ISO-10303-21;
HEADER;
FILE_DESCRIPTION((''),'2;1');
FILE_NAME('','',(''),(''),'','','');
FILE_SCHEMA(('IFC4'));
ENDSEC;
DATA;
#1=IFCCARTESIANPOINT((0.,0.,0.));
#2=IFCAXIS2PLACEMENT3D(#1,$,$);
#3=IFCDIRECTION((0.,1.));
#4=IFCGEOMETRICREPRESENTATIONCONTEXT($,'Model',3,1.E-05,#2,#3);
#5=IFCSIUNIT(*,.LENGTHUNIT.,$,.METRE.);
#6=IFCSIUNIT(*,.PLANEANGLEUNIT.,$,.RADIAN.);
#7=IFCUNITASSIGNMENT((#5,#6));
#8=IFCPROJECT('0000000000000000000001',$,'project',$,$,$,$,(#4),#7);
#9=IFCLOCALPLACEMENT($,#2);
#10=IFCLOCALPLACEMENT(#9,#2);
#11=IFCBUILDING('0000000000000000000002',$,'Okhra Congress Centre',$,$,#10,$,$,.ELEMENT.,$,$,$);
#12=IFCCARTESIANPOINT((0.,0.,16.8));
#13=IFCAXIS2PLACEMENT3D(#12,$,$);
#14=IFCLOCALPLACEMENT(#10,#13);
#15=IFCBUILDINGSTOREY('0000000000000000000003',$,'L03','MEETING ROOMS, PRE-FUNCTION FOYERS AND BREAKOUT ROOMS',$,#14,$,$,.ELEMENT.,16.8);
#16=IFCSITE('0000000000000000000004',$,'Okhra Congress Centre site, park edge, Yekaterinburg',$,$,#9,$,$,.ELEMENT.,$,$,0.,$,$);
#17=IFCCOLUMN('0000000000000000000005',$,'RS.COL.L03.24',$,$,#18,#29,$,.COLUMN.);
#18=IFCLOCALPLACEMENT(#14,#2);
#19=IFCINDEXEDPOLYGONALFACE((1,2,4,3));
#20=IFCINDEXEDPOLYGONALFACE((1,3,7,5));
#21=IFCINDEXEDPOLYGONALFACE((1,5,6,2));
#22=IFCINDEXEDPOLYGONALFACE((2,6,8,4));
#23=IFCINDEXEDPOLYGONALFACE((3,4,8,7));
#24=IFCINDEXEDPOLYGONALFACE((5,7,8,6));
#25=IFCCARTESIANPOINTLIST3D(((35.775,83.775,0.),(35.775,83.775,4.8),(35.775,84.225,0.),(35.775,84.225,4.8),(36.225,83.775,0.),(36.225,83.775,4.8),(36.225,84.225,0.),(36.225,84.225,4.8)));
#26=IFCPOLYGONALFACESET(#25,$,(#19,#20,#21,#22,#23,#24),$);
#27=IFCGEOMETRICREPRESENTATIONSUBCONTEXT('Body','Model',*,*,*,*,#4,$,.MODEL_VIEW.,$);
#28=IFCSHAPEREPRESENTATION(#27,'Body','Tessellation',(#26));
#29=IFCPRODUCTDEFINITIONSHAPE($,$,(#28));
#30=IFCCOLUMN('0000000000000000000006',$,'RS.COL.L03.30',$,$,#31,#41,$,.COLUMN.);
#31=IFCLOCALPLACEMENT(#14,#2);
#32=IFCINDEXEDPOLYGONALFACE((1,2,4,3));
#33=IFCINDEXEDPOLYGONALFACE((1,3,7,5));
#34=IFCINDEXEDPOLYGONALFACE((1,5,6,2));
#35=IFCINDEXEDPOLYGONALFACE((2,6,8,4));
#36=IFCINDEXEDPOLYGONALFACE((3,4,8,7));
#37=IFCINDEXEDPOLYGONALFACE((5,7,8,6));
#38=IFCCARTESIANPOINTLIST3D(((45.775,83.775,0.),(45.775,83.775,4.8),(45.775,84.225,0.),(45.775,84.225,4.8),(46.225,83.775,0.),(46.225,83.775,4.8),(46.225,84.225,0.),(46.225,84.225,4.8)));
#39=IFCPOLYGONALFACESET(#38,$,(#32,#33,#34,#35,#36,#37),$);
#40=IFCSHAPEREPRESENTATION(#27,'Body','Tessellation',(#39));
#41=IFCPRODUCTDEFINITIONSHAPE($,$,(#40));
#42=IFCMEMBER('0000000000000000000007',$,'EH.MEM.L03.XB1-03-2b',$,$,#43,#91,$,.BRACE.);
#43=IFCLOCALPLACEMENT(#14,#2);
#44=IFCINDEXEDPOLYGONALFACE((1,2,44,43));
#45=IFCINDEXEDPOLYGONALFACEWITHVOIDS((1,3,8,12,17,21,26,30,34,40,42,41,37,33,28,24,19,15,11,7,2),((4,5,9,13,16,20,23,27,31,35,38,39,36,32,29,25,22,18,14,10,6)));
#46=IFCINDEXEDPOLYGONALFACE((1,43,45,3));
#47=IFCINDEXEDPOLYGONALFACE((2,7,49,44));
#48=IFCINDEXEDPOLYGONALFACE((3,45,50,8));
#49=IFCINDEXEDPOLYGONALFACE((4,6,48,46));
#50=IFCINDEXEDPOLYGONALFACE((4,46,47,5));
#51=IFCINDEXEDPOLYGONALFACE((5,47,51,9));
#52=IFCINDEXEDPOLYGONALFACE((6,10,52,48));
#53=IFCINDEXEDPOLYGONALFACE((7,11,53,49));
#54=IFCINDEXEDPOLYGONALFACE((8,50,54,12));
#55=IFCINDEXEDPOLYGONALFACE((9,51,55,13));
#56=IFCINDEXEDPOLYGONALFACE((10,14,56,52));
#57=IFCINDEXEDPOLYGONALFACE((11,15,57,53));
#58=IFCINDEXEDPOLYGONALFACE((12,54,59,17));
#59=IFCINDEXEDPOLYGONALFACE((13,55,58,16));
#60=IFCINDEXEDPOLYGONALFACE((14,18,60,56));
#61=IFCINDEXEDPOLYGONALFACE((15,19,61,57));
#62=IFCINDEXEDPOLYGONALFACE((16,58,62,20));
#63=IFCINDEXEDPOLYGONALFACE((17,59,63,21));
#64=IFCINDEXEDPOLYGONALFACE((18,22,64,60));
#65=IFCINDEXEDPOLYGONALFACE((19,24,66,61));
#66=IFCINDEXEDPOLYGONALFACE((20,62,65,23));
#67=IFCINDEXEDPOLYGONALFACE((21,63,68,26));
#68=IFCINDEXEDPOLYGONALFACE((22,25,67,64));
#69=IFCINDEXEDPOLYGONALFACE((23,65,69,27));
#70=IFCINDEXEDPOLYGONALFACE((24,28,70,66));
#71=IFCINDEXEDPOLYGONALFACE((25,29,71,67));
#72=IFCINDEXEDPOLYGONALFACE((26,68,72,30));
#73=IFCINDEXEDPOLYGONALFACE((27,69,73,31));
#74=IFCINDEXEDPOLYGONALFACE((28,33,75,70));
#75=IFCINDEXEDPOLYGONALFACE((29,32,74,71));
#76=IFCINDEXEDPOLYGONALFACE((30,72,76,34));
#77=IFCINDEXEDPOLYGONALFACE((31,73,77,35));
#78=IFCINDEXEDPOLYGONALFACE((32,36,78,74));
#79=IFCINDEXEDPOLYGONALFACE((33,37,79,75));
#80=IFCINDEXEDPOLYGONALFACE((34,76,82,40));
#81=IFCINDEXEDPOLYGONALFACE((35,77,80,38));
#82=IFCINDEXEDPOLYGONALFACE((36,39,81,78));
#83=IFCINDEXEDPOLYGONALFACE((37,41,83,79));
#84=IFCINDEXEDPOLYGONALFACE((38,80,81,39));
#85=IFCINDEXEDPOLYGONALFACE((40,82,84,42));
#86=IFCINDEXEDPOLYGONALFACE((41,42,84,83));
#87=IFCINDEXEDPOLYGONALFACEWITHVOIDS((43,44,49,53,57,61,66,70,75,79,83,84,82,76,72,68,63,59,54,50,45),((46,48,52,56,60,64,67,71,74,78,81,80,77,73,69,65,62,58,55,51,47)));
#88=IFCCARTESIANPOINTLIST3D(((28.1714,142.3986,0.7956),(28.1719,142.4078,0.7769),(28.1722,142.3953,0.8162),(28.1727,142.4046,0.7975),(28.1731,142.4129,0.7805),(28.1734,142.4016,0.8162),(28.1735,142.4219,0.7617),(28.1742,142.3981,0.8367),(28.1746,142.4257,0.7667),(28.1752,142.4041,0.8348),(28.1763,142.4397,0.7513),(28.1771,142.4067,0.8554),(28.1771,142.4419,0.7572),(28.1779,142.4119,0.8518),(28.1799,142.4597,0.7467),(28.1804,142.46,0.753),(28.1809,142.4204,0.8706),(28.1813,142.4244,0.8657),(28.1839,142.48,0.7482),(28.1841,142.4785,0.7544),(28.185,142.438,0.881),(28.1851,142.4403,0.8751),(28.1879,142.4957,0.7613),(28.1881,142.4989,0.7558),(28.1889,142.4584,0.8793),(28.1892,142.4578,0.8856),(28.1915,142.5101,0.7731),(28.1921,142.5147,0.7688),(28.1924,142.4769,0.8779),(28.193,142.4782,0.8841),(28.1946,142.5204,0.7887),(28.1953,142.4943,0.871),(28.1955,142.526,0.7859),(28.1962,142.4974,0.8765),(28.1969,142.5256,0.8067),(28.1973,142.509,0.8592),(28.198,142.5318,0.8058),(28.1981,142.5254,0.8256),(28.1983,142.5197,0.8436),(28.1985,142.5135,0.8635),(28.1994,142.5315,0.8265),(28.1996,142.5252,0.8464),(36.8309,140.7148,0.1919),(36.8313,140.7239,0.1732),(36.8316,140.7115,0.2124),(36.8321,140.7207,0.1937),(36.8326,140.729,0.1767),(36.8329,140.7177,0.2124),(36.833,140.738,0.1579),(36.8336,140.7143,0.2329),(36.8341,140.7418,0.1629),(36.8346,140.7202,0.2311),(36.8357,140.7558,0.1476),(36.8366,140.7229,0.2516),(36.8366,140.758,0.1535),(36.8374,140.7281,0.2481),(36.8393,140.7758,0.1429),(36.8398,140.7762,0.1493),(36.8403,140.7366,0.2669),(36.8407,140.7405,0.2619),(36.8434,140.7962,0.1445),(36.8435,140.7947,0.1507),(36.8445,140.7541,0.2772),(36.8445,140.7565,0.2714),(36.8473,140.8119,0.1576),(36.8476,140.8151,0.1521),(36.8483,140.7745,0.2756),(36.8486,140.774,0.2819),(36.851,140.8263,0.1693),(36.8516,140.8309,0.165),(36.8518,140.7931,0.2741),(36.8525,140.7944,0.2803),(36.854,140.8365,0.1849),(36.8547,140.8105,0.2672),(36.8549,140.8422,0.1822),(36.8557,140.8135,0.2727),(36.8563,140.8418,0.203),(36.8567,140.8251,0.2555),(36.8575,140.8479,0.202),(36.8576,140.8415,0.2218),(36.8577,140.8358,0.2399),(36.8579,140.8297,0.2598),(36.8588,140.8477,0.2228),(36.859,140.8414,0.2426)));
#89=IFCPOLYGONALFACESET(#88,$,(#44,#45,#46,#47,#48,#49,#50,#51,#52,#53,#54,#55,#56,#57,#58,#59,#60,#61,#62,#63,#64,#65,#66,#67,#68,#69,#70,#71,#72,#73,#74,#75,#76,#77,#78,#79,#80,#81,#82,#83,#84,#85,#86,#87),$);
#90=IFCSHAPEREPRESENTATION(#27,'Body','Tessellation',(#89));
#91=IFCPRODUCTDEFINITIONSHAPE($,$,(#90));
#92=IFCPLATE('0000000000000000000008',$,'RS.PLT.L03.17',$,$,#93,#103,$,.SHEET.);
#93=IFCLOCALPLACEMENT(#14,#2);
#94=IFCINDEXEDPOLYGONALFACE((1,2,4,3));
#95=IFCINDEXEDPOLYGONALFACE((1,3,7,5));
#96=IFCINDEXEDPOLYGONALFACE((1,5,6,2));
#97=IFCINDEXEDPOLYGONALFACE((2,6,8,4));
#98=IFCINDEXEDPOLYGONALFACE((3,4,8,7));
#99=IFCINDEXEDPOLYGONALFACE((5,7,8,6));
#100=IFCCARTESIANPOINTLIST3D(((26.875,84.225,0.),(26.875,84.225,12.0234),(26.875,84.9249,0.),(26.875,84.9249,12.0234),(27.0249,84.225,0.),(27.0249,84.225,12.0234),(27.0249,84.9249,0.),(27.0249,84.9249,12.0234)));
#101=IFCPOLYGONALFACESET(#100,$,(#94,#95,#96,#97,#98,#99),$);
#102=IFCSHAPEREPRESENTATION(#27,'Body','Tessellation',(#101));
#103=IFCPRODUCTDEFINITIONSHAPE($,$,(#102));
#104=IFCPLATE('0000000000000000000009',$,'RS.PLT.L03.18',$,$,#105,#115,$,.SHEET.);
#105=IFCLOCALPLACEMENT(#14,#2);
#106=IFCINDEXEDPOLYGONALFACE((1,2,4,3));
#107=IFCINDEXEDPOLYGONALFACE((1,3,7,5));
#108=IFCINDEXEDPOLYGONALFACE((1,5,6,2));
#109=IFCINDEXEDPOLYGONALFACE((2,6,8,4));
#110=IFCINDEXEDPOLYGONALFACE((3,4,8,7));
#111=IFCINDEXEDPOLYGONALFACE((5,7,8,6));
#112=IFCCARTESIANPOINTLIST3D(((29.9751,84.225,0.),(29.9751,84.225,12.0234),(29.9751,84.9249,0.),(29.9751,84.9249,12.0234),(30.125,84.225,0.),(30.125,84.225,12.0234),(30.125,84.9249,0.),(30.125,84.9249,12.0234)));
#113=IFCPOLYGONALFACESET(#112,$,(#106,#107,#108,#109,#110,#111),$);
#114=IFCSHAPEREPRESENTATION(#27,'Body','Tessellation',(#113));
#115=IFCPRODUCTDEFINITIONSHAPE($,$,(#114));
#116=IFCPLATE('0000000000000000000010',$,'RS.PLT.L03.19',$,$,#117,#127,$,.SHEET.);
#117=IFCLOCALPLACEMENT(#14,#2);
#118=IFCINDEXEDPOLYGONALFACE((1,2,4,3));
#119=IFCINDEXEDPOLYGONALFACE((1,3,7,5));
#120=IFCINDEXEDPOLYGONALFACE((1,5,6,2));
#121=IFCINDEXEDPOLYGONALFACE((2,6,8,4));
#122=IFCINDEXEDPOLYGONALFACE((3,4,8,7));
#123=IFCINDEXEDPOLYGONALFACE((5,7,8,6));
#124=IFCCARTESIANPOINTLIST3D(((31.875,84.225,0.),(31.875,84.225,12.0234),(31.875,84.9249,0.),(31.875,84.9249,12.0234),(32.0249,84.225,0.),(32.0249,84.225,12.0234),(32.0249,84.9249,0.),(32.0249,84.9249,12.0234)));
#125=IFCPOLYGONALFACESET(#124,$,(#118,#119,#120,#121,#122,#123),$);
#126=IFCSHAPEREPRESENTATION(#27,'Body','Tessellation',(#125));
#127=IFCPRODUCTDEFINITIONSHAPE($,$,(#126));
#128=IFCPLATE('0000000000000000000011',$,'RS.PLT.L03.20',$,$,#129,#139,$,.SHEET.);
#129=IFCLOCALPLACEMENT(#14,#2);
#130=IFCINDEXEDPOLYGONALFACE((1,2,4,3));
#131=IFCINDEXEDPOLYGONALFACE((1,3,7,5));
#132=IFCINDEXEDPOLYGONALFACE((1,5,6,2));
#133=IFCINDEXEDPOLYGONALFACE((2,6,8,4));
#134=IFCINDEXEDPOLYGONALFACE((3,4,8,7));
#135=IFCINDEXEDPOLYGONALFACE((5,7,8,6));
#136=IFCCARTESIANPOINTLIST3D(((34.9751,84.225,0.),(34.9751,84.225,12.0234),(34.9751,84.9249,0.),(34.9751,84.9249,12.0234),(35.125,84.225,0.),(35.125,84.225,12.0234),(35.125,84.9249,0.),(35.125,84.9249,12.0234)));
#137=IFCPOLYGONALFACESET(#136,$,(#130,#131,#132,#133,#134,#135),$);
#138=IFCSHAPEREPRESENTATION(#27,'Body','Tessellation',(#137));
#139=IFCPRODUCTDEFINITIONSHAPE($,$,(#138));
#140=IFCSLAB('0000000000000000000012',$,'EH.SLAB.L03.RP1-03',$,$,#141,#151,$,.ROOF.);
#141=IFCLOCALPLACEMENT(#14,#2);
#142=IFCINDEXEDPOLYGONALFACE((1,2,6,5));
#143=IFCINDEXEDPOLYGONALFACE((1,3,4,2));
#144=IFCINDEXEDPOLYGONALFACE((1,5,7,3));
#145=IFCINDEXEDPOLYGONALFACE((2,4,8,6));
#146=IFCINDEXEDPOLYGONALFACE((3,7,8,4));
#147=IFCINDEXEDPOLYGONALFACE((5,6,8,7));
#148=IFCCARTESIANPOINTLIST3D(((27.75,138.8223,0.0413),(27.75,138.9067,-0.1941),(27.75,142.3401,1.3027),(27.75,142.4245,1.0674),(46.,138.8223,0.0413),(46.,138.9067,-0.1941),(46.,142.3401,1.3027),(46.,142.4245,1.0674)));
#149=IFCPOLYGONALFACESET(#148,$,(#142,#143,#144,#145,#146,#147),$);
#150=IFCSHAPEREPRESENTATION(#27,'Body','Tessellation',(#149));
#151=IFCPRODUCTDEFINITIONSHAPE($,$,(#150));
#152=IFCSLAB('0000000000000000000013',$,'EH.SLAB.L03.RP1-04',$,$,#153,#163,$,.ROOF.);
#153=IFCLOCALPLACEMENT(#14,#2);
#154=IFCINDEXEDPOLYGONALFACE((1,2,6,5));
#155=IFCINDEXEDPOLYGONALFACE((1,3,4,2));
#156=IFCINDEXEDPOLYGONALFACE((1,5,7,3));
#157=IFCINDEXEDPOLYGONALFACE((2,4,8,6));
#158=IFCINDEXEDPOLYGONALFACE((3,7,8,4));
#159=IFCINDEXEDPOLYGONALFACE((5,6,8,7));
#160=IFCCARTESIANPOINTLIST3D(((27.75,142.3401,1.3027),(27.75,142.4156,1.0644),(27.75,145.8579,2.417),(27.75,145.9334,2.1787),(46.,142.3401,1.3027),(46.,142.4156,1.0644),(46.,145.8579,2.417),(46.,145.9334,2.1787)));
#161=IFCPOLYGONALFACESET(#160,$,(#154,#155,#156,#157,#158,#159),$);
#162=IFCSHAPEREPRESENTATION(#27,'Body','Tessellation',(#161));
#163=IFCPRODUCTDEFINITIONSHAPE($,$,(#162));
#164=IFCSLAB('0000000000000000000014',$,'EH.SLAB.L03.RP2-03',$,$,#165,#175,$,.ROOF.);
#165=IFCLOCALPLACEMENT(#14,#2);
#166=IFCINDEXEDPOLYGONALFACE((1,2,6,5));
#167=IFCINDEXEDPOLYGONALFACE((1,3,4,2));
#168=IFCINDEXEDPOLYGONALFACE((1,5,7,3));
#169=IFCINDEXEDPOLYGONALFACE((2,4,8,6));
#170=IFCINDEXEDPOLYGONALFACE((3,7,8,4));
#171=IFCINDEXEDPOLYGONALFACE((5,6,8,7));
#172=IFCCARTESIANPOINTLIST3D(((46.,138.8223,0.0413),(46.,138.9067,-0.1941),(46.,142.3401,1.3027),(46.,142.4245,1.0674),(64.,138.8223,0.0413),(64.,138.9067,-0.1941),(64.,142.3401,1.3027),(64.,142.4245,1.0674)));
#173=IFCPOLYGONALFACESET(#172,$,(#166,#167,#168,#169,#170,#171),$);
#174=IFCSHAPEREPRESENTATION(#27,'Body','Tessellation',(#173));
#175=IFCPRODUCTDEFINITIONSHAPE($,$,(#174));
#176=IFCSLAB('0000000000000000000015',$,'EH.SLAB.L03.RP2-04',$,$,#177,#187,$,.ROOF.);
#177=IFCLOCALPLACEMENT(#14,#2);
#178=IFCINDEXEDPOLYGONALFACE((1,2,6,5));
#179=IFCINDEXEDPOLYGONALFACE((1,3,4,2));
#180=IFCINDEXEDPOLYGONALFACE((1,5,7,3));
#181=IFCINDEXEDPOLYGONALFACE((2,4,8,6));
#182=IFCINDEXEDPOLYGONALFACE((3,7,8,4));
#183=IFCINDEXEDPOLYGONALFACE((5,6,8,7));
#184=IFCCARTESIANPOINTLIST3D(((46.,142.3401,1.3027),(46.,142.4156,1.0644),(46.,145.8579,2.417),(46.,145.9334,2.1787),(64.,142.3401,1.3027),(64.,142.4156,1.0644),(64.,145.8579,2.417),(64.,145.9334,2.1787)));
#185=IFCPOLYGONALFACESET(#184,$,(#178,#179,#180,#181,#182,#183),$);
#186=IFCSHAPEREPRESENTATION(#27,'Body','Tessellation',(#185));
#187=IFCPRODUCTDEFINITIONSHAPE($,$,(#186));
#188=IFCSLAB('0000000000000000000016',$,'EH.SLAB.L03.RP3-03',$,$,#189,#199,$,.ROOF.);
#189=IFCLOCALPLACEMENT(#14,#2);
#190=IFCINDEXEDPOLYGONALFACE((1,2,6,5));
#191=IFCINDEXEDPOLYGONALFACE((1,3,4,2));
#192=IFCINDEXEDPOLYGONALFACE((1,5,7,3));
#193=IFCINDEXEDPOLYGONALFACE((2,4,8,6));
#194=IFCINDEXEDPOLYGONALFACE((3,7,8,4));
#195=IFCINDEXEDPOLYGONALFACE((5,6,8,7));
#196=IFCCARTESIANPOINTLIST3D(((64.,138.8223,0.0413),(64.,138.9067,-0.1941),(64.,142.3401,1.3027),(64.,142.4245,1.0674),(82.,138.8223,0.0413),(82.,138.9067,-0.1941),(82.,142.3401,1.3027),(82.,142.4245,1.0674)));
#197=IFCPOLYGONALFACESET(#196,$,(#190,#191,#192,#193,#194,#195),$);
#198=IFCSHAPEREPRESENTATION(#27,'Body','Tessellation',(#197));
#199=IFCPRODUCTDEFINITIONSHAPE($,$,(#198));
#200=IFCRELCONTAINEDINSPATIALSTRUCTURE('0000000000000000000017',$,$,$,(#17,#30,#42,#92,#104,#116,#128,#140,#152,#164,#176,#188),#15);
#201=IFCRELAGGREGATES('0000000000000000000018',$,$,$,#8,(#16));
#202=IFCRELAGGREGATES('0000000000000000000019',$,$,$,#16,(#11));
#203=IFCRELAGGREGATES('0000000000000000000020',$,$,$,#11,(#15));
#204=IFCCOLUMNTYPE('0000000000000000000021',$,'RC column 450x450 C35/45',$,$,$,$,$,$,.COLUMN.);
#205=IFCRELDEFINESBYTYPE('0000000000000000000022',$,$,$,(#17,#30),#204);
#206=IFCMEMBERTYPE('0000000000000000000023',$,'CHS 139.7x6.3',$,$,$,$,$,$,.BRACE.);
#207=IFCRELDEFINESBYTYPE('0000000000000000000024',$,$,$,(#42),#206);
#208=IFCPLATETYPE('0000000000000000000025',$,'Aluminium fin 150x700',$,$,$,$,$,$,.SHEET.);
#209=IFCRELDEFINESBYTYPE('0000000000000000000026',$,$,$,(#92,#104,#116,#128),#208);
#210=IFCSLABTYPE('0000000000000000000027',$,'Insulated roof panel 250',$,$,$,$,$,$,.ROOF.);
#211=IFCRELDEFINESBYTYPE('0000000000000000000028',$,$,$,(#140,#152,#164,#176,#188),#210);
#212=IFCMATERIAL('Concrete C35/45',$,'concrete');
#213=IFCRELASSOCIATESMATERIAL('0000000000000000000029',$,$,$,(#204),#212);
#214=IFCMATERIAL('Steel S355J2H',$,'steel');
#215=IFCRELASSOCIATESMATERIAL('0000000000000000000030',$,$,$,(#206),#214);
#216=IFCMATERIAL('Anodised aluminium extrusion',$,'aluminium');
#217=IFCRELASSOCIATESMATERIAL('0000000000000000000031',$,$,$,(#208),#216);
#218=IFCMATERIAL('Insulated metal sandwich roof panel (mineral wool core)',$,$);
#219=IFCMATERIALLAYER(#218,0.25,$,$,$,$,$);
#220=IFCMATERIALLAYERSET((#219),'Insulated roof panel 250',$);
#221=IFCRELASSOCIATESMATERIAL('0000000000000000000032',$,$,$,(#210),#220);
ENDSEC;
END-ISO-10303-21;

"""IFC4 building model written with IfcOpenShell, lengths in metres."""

from ifc_helpers import new_model, si_unit, direction, frame, origin, origin_2d, place, context, subcontext, project, spatial, polyline, rectangle, hollow_circle, outline, extrude, material, layer, layer_set, material_profile, profile_set, type_object, element, save


model = new_model("IFC4")

# Units and contexts
model_context = context("Model", 3, precision=1e-05, world=origin(), true_north=direction((0.0, 1.0)))
body_context = subcontext(model_context, "Body", "Model", "MODEL_VIEW")
ifc_project = project(units=[si_unit("LENGTHUNIT", "METRE"), si_unit("PLANEANGLEUNIT", "RADIAN")], contexts=[model_context])

# Site, building, storey
site_placement = place(None, origin())
site = spatial("IfcSite", under=ifc_project, at=site_placement, Name="Okhra Congress Centre site, park edge, Yekaterinburg", CompositionType="ELEMENT", RefElevation=0.0)
building_placement = place(site_placement, origin())
building = spatial("IfcBuilding", under=site, at=building_placement, Name="Okhra Congress Centre", CompositionType="ELEMENT")
storey_placement = place(building_placement, frame((0.0, 0.0, 16.8)))
storey = spatial("IfcBuildingStorey", under=building, at=storey_placement, Name="L03", Description="MEETING ROOMS, PRE-FUNCTION FOYERS AND BREAKOUT ROOMS", CompositionType="ELEMENT", Elevation=16.8)

# Columns
ifc_material_1 = material(Name="Concrete C35/45", Category="concrete")
ifc_material_profile_1 = material_profile(ifc_material_1, rectangle(XDim=0.45, YDim=0.45, at=origin_2d()), Name="RC 450x450")
ifc_profile_set_1 = profile_set([ifc_material_profile_1], Name="Concrete C35/45")
column_type = type_object("IfcColumnType", Name="RC column 450x450 C35/45", PredefinedType="COLUMN", material=ifc_profile_set_1)
for number, where, z_axis, x_axis, name in (
    (1, (36.0, 84.0, 0.0), (0.0, 0.0, 1.0), (1.0, 0.0, 0.0), "RS.COL.L03.24"),
    (2, (46.0, 84.0, 0.0), (0.0, 0.0, 1.0), (1.0, 0.0, 0.0), "RS.COL.L03.30"),
):
    element("IfcColumn", number, at=place(storey_placement, frame(where, z_axis=z_axis, x_axis=x_axis)), inside=storey, type_object=column_type, Name=name, PredefinedType="COLUMN", context=body_context, shape_type="SweptSolid", body=[
        extrude(rectangle(XDim=0.45, YDim=0.45, at=origin_2d()), origin(), (0.0, 0.0, 1.0), 4.8),
    ])

# Member
ifc_material_2 = material(Name="Steel S355J2H", Category="steel")
ifc_material_profile_2 = material_profile(ifc_material_2, hollow_circle(Radius=0.0698, WallThickness=0.0063, at=origin_2d()), Name="CHS 139.7x6.3")
ifc_profile_set_2 = profile_set([ifc_material_profile_2], Name="Steel S355J2H")
member_type = type_object("IfcMemberType", Name="CHS 139.7x6.3", PredefinedType="BRACE", material=ifc_profile_set_2)
member_placement = place(storey_placement, frame((36.845, 140.78, 0.2124), z_axis=(-0.979323, 0.190431, 0.068281), x_axis=(-0.190876, -0.981614, 0.0)))
element("IfcMember", 3, at=member_placement, inside=storey, type_object=member_type, Name="EH.MEM.L03.XB1-03-2b", PredefinedType="BRACE", context=body_context, shape_type="SweptSolid", body=[
    extrude(hollow_circle(Radius=0.0698, WallThickness=0.0063, at=origin_2d()), origin(), (0.0, 0.0, 1.0), 8.8423),
])

# Plates
ifc_material_3 = material(Name="Anodised aluminium extrusion", Category="aluminium")
plate_type_1 = type_object("IfcPlateType", Name="Aluminium fin 150x700", PredefinedType="SHEET", material=ifc_material_3)
for number, where, z_axis, x_axis, name in (
    (4, (26.95, 84.575, 0.0), (0.0, 0.0, 1.0), (-1.0, 0.0, 0.0), "RS.PLT.L03.17"),
    (5, (30.05, 84.575, 0.0), (0.0, 0.0, 1.0), (-1.0, 0.0, 0.0), "RS.PLT.L03.18"),
    (6, (31.95, 84.575, 0.0), (0.0, 0.0, 1.0), (-1.0, 0.0, 0.0), "RS.PLT.L03.19"),
    (7, (35.05, 84.575, 0.0), (0.0, 0.0, 1.0), (-1.0, 0.0, 0.0), "RS.PLT.L03.20"),
):
    element("IfcPlate", number, at=place(storey_placement, frame(where, z_axis=z_axis, x_axis=x_axis)), inside=storey, type_object=plate_type_1, Name=name, PredefinedType="SHEET", context=body_context, shape_type="SweptSolid", body=[
        extrude(rectangle(XDim=0.1499, YDim=0.7, at=origin_2d()), origin(), (0.0, 0.0, 1.0), 12.0234),
    ])

# Slabs
ifc_material_4 = material(Name="Insulated metal sandwich roof panel (mineral wool core)")
ifc_layer_1 = layer(ifc_material_4, 0.25)
ifc_layer_set_1 = layer_set([ifc_layer_1], Name="Insulated roof panel 250")
slab_type = type_object("IfcSlabType", Name="Insulated roof panel 250", PredefinedType="ROOF", material=ifc_layer_set_1)
slab_1_placement = place(storey_placement, frame((27.75, 138.8223, 0.0413), z_axis=(0.0, -0.337549, 0.941308), x_axis=(1.0, 0.0, 0.0)))
element("IfcSlab", 8, at=slab_1_placement, inside=storey, type_object=slab_type, Name="EH.SLAB.L03.RP1-03", PredefinedType="ROOF", context=body_context, shape_type="SweptSolid", body=[
    extrude(outline(polyline([(0.0, 0.0), (18.25, 0.0), (18.25, 3.7372), (0.0, 3.7372), (0.0, 0.0)])), origin(), (0.0, 0.0, -1.0), 0.25),
])
slab_2_placement = place(storey_placement, frame((27.75, 142.3401, 1.3027), z_axis=(0.0, -0.301961, 0.95332), x_axis=(1.0, 0.0, 0.0)))
element("IfcSlab", 9, at=slab_2_placement, inside=storey, type_object=slab_type, Name="EH.SLAB.L03.RP1-04", PredefinedType="ROOF", context=body_context, shape_type="SweptSolid", body=[
    extrude(outline(polyline([(0.0, 0.0), (18.25, 0.0), (18.25, 3.6901), (0.0, 3.6901), (0.0, 0.0)])), origin(), (0.0, 0.0, -1.0), 0.25),
])
slab_3_placement = place(storey_placement, frame((46.0, 138.8223, 0.0413), z_axis=(0.0, -0.337549, 0.941308), x_axis=(1.0, 0.0, 0.0)))
element("IfcSlab", 10, at=slab_3_placement, inside=storey, type_object=slab_type, Name="EH.SLAB.L03.RP2-03", PredefinedType="ROOF", context=body_context, shape_type="SweptSolid", body=[
    extrude(outline(polyline([(0.0, 0.0), (18.0, 0.0), (18.0, 3.7372), (0.0, 3.7372), (0.0, 0.0)])), origin(), (0.0, 0.0, -1.0), 0.25),
])
slab_4_placement = place(storey_placement, frame((46.0, 142.3401, 1.3027), z_axis=(0.0, -0.301961, 0.95332), x_axis=(1.0, 0.0, 0.0)))
element("IfcSlab", 11, at=slab_4_placement, inside=storey, type_object=slab_type, Name="EH.SLAB.L03.RP2-04", PredefinedType="ROOF", context=body_context, shape_type="SweptSolid", body=[
    extrude(outline(polyline([(0.0, 0.0), (18.0, 0.0), (18.0, 3.6901), (0.0, 3.6901), (0.0, 0.0)])), origin(), (0.0, 0.0, -1.0), 0.25),
])
slab_5_placement = place(storey_placement, frame((64.0, 138.8223, 0.0413), z_axis=(0.0, -0.337549, 0.941308), x_axis=(1.0, 0.0, 0.0)))
element("IfcSlab", 12, at=slab_5_placement, inside=storey, type_object=slab_type, Name="EH.SLAB.L03.RP3-03", PredefinedType="ROOF", context=body_context, shape_type="SweptSolid", body=[
    extrude(outline(polyline([(0.0, 0.0), (18.0, 0.0), (18.0, 3.7372), (0.0, 3.7372), (0.0, 0.0)])), origin(), (0.0, 0.0, -1.0), 0.25),
])

save(model, "model.ifc")
